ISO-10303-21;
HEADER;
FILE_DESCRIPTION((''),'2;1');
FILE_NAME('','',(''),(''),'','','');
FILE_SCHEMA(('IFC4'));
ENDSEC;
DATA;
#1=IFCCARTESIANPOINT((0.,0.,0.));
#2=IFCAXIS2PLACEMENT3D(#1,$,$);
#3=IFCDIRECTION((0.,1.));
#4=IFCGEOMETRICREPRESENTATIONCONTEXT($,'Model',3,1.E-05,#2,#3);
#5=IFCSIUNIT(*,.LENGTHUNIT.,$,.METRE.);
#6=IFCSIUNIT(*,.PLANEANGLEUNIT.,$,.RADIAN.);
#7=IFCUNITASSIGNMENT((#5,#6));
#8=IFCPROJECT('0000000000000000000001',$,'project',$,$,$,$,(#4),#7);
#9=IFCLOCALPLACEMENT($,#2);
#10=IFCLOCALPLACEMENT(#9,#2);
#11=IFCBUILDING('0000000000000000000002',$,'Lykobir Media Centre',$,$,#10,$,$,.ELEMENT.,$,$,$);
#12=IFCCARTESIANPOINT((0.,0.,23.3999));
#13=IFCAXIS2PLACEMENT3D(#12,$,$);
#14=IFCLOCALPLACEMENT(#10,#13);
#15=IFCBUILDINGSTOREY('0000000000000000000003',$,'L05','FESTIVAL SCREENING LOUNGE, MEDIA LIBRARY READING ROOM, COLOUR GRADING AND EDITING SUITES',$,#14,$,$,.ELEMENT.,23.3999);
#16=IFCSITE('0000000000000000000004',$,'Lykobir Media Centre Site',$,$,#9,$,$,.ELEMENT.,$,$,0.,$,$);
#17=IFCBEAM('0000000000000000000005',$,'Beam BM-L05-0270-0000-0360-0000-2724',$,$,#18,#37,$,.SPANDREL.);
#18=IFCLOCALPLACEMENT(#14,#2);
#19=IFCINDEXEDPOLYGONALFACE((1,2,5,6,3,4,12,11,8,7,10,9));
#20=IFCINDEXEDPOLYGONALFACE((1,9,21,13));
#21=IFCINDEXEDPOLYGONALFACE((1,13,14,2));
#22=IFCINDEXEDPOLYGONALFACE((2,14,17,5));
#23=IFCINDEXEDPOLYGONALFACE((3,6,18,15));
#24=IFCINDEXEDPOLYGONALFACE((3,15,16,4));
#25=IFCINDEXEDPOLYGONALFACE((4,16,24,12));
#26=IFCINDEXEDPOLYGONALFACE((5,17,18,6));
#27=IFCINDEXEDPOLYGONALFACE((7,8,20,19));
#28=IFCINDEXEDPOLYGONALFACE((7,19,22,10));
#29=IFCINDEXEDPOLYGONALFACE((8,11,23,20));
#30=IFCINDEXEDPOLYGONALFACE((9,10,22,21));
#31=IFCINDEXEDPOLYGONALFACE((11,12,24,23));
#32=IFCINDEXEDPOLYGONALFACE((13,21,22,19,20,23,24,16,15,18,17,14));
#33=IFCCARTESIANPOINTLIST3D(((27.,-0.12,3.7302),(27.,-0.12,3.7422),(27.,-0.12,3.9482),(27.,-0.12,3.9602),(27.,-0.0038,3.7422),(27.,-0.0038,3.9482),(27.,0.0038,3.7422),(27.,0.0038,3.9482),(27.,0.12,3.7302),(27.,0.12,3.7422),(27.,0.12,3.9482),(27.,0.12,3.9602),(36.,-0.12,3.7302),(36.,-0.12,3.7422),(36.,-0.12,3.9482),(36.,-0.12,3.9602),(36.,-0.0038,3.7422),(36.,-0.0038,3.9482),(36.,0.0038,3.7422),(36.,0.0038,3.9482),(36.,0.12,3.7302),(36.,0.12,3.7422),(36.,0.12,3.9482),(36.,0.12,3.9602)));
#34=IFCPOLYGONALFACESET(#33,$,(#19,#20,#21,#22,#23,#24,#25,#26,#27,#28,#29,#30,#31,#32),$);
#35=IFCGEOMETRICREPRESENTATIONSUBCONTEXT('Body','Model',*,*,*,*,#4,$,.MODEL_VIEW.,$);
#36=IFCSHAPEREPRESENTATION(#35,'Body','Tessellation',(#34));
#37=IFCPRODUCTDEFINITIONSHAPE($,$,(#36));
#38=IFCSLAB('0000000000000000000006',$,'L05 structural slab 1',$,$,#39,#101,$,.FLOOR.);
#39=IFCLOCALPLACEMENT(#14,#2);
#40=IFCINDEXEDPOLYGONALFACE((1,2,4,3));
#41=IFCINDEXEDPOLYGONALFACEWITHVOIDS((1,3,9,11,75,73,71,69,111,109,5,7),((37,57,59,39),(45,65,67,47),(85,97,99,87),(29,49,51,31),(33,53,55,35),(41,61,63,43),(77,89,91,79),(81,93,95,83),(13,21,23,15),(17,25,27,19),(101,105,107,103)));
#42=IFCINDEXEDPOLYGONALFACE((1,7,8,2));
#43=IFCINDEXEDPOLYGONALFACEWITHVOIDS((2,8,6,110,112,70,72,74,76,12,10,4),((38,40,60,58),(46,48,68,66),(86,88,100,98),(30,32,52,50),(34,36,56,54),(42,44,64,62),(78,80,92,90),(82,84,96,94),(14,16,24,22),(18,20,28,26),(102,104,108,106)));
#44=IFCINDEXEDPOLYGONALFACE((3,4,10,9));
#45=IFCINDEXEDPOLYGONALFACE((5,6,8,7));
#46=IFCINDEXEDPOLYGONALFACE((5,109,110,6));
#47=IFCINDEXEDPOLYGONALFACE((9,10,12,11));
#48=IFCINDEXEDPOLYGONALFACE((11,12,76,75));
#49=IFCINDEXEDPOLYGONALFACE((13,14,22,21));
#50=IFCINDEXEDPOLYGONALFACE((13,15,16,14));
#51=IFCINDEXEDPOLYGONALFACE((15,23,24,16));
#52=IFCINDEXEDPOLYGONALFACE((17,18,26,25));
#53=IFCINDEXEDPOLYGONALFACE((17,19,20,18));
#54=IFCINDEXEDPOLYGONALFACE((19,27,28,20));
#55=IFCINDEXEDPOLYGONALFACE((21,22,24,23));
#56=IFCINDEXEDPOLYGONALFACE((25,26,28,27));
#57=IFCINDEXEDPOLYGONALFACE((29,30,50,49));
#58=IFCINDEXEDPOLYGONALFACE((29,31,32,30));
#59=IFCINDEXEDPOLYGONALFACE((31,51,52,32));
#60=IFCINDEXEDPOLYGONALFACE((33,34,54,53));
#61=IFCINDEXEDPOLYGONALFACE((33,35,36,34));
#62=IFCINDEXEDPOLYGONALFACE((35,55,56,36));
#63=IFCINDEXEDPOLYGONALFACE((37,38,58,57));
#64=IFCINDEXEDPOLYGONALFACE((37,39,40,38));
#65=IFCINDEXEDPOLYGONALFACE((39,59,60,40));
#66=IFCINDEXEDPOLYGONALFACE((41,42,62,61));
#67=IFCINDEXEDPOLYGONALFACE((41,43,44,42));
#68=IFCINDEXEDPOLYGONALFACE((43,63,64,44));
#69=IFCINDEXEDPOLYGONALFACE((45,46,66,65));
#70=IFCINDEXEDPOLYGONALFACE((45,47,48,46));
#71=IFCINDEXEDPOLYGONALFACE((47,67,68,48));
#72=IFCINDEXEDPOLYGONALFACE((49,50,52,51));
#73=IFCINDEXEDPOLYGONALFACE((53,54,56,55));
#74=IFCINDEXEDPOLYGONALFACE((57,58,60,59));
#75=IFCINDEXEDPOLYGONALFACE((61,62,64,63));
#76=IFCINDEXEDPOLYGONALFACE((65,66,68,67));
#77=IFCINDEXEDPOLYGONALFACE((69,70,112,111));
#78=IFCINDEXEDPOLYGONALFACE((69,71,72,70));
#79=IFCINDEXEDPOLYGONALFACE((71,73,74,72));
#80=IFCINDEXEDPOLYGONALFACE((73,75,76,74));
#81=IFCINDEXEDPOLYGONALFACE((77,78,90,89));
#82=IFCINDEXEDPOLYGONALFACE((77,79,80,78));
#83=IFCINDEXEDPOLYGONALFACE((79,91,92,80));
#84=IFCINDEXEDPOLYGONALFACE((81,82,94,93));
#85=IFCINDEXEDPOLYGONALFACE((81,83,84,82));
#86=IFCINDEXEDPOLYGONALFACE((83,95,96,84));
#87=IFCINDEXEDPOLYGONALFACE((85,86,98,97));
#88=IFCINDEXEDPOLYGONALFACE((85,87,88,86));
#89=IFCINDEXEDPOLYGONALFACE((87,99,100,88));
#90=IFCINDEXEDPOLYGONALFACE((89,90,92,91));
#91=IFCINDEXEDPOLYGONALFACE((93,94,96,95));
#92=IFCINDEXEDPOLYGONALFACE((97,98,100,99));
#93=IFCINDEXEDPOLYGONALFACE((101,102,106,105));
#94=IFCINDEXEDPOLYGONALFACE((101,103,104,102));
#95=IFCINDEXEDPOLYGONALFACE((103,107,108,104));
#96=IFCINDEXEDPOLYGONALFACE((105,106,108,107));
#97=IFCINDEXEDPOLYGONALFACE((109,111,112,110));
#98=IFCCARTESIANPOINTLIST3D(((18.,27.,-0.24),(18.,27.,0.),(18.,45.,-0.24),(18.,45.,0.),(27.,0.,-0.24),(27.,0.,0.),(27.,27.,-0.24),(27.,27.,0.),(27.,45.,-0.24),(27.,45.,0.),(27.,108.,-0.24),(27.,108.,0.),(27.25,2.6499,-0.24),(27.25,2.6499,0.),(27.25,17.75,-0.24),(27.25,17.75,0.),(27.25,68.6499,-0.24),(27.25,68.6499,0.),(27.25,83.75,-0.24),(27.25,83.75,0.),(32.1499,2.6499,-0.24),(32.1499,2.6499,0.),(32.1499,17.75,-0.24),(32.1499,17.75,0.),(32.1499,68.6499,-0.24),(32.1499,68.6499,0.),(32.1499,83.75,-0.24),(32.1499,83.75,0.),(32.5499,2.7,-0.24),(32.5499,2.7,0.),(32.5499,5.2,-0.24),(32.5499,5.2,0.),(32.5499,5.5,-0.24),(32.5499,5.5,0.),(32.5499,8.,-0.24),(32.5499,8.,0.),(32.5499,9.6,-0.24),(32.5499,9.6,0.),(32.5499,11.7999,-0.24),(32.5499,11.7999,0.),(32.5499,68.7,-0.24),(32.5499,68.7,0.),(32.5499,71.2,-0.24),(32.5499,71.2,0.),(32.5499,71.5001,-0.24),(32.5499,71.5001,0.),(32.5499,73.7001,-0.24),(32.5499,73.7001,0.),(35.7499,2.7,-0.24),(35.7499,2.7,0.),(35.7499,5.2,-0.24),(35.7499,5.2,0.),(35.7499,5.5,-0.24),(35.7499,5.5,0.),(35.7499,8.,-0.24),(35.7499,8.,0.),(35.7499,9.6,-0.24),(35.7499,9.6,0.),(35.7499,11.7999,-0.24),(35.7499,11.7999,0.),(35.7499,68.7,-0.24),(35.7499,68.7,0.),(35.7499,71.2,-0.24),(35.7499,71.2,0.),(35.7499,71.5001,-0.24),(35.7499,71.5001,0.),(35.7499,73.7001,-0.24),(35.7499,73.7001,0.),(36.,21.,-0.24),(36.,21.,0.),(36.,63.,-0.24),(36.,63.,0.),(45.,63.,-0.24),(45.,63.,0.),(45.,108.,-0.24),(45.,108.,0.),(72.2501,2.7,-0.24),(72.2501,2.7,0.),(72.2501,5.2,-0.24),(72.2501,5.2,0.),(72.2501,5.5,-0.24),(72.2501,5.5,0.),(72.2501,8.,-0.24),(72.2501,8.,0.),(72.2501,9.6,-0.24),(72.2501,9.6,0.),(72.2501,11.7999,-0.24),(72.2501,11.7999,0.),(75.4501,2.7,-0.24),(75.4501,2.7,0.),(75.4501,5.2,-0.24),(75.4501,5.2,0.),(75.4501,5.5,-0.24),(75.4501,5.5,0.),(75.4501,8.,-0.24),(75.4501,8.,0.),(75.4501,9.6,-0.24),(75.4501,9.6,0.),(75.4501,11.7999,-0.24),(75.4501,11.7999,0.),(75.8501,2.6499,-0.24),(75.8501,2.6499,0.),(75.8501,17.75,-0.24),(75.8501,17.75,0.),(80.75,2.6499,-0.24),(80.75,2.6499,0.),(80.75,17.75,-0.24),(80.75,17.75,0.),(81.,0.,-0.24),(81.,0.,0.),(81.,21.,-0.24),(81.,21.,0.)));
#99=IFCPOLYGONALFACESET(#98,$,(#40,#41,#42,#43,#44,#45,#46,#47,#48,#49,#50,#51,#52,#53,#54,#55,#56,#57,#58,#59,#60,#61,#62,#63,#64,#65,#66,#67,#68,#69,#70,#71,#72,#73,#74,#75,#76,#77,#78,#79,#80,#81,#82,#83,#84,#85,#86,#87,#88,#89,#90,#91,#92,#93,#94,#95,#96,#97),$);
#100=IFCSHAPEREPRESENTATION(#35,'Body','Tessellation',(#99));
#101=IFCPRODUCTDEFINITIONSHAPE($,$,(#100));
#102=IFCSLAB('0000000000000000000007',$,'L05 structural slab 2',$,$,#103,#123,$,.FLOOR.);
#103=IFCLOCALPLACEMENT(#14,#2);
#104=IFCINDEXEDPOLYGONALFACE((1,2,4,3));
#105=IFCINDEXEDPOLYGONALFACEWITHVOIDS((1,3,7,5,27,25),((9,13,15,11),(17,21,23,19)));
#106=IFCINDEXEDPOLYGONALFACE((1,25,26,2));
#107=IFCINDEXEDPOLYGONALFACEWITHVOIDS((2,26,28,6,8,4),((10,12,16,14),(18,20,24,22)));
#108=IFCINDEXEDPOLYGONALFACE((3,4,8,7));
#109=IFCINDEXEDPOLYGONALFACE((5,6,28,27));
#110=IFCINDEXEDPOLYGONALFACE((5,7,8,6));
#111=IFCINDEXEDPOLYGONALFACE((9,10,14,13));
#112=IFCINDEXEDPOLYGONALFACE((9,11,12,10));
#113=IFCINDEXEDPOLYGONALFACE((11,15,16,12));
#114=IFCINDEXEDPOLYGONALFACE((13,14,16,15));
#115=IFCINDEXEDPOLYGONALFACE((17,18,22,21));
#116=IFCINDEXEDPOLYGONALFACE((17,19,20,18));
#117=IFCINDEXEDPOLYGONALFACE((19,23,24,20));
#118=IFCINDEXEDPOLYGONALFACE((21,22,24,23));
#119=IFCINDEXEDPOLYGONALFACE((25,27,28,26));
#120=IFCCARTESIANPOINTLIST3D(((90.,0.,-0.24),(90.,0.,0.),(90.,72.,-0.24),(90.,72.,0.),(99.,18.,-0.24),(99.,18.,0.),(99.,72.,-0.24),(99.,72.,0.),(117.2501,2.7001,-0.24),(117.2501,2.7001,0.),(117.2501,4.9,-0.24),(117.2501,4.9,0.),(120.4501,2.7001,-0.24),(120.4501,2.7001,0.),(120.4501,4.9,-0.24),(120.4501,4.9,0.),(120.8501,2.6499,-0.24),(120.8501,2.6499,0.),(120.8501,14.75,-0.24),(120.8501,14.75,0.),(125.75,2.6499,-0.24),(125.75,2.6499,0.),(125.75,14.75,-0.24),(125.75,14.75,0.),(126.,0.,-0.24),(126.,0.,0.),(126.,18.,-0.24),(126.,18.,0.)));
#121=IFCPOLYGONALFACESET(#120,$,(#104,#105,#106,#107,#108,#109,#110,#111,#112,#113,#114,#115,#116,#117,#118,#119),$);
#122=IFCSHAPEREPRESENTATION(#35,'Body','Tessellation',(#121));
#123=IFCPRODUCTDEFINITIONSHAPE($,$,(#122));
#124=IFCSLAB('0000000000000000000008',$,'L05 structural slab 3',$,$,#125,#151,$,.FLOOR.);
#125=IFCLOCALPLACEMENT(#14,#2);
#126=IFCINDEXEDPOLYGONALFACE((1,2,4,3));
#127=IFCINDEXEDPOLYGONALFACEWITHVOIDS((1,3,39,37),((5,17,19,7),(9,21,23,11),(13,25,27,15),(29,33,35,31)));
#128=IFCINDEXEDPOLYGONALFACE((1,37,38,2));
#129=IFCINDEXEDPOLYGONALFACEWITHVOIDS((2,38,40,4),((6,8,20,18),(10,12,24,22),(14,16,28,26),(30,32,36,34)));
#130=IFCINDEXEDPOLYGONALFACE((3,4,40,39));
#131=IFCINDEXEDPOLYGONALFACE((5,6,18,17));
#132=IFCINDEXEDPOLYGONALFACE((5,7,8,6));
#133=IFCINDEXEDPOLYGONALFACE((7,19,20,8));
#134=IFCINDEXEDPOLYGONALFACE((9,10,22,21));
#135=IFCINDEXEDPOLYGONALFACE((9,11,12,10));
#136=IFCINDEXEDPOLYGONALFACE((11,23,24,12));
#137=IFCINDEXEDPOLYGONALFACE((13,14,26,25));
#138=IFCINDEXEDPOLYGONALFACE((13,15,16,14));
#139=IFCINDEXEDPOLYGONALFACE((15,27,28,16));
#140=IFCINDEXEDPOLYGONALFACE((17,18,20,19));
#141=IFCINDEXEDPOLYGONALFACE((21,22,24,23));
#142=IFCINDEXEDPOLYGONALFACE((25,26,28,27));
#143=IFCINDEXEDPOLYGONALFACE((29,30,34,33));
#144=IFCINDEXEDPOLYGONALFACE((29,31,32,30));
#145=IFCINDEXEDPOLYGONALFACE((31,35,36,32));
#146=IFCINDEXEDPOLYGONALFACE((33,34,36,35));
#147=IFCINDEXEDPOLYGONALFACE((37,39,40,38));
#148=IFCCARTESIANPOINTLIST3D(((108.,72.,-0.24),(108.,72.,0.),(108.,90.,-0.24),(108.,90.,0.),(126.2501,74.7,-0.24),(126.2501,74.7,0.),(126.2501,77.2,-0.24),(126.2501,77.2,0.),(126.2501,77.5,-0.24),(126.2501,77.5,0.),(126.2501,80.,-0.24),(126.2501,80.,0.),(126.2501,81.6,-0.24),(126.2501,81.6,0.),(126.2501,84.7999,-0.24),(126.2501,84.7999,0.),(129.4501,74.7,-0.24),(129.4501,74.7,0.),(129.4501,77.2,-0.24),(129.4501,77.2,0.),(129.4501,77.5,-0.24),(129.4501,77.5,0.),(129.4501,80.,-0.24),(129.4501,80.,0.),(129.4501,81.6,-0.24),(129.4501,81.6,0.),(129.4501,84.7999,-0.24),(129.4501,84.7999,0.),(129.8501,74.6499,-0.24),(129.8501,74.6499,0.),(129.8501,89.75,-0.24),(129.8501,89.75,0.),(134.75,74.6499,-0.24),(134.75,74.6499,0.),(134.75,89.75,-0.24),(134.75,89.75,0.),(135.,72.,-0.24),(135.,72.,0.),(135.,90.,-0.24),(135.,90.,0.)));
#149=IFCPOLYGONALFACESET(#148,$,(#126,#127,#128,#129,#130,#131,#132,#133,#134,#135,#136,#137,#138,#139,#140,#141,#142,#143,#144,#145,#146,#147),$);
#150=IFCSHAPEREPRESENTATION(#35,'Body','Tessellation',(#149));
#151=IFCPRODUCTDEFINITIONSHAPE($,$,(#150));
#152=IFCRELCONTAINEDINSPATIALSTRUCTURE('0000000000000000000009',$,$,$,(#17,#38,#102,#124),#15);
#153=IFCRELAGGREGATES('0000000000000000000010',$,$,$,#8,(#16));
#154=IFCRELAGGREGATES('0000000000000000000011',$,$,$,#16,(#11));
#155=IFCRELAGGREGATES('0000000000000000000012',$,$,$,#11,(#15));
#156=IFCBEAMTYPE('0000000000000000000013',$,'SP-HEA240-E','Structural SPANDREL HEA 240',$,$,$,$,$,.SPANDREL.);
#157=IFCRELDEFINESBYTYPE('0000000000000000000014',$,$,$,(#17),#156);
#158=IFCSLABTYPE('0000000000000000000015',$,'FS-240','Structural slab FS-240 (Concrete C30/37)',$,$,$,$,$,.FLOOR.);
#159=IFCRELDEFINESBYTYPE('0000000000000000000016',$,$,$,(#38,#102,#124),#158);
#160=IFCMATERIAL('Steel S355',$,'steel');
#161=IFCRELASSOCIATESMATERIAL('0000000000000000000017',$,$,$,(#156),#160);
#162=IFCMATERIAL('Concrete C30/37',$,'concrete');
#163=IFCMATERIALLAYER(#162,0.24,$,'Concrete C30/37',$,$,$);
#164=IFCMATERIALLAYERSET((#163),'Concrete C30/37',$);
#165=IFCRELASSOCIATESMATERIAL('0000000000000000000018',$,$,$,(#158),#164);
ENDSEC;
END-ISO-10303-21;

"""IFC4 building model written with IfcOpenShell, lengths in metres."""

from ifc_helpers import new_model, si_unit, direction, frame, origin, origin_2d, place, context, subcontext, project, spatial, polyline, rectangle, i_section, outline, extrude, material, layer, layer_set, material_profile, profile_set, type_object, element, save


model = new_model("IFC4")

# Units and contexts
model_context = context("Model", 3, precision=1e-05, world=origin(), true_north=direction((0.0, 1.0)))
body_context = subcontext(model_context, "Body", "Model", "MODEL_VIEW")
ifc_project = project(units=[si_unit("LENGTHUNIT", "METRE"), si_unit("PLANEANGLEUNIT", "RADIAN")], contexts=[model_context])

# Site, building, storey
site_placement = place(None, origin())
site = spatial("IfcSite", under=ifc_project, at=site_placement, Name="Lykobir Media Centre Site", CompositionType="ELEMENT", RefElevation=0.0)
building_placement = place(site_placement, origin())
building = spatial("IfcBuilding", under=site, at=building_placement, Name="Lykobir Media Centre", CompositionType="ELEMENT")
storey_placement = place(building_placement, frame((0.0, 0.0, 23.3999)))
storey = spatial("IfcBuildingStorey", under=building, at=storey_placement, Name="L05", Description="FESTIVAL SCREENING LOUNGE, MEDIA LIBRARY READING ROOM, COLOUR GRADING AND EDITING SUITES", CompositionType="ELEMENT", Elevation=23.3999)

# Beam
ifc_material_1 = material(Name="Steel S355", Category="steel")
ifc_material_profile_1 = material_profile(ifc_material_1, i_section(OverallWidth=0.24, OverallDepth=0.23, WebThickness=0.0076, FlangeThickness=0.012, at=origin_2d()), Name="HEA 240")
ifc_profile_set_1 = profile_set([ifc_material_profile_1], Name="Steel S355")
beam_type_1 = type_object("IfcBeamType", Name="SP-HEA240-E", Description="Structural SPANDREL HEA 240", PredefinedType="SPANDREL", material=ifc_profile_set_1)
beam_placement = place(storey_placement, frame((27.0, 0.0, 3.8452), z_axis=(1.0, 0.0, 0.0), x_axis=(0.0, 1.0, 0.0)))
element("IfcBeam", 1, at=beam_placement, inside=storey, type_object=beam_type_1, Name="Beam BM-L05-0270-0000-0360-0000-2724", PredefinedType="SPANDREL", context=body_context, shape_type="SweptSolid", body=[
    extrude(i_section(OverallWidth=0.24, OverallDepth=0.23, WebThickness=0.0076, FlangeThickness=0.012, at=origin_2d()), origin(), (0.0, 0.0, 1.0), 9.0),
])

# Slab, openings
ifc_material_2 = material(Name="Concrete C30/37", Category="concrete")
ifc_layer_1 = layer(ifc_material_2, 0.24, Name="Concrete C30/37")
ifc_layer_set_1 = layer_set([ifc_layer_1], Name="Concrete C30/37")
slab_type_1 = type_object("IfcSlabType", Name="FS-240", Description="Structural slab FS-240 (Concrete C30/37)", PredefinedType="FLOOR", material=ifc_layer_set_1)
slab_1_placement = place(storey_placement, frame((0.0, 0.0, -0.24)))
slab_1 = element("IfcSlab", 2, at=slab_1_placement, inside=storey, type_object=slab_type_1, Name="L05 structural slab 1", PredefinedType="FLOOR", context=body_context, shape_type="SweptSolid", body=[
    extrude(outline(polyline([(81.0, 21.0), (36.0, 21.0), (36.0, 63.0), (45.0, 63.0), (45.0, 108.0), (27.0, 108.0), (27.0, 63.0), (27.0, 45.0), (18.0, 45.0), (18.0, 27.0), (27.0, 27.0), (27.0, 21.0), (27.0, 0.0), (81.0, 0.0), (81.0, 21.0)]), holes=[polyline([(32.1499, 17.75), (32.1499, 2.6499), (27.25, 2.6499), (27.25, 17.75), (32.1499, 17.75)]), polyline([(80.75, 17.75), (80.75, 2.6499), (75.8501, 2.6499), (75.8501, 17.75), (80.75, 17.75)]), polyline([(32.1499, 68.6499), (27.25, 68.6499), (27.25, 83.75), (32.1499, 83.75), (32.1499, 68.6499)])]), origin(), (0.0, 0.0, 1.0), 0.24),
])
opening_1_placement = place(slab_1_placement, frame((34.1499, 3.95, 0.0)))
element("IfcOpeningElement", 3, at=opening_1_placement, cuts=slab_1, PredefinedType="OPENING", context=body_context, shape_type="SweptSolid", body=[
    extrude(rectangle(XDim=3.2, YDim=2.5, at=origin_2d()), origin(), (0.0, 0.0, 1.0), 0.24),
])
opening_2_placement = place(slab_1_placement, frame((34.1499, 6.75, 0.0)))
element("IfcOpeningElement", 4, at=opening_2_placement, cuts=slab_1, PredefinedType="OPENING", context=body_context, shape_type="SweptSolid", body=[
    extrude(rectangle(XDim=3.2, YDim=2.5, at=origin_2d()), origin(), (0.0, 0.0, 1.0), 0.24),
])
opening_3_placement = place(slab_1_placement, frame((34.1499, 10.7, 0.0)))
element("IfcOpeningElement", 5, at=opening_3_placement, cuts=slab_1, PredefinedType="OPENING", context=body_context, shape_type="SweptSolid", body=[
    extrude(rectangle(XDim=3.2, YDim=2.2, at=origin_2d()), origin(), (0.0, 0.0, 1.0), 0.24),
])
opening_4_placement = place(slab_1_placement, frame((73.8501, 3.95, 0.0)))
element("IfcOpeningElement", 6, at=opening_4_placement, cuts=slab_1, PredefinedType="OPENING", context=body_context, shape_type="SweptSolid", body=[
    extrude(rectangle(XDim=3.2, YDim=2.5, at=origin_2d()), origin(), (0.0, 0.0, 1.0), 0.24),
])
opening_5_placement = place(slab_1_placement, frame((73.8501, 6.75, 0.0)))
element("IfcOpeningElement", 7, at=opening_5_placement, cuts=slab_1, PredefinedType="OPENING", context=body_context, shape_type="SweptSolid", body=[
    extrude(rectangle(XDim=3.2, YDim=2.5, at=origin_2d()), origin(), (0.0, 0.0, 1.0), 0.24),
])
opening_6_placement = place(slab_1_placement, frame((73.8501, 10.7, 0.0)))
element("IfcOpeningElement", 8, at=opening_6_placement, cuts=slab_1, PredefinedType="OPENING", context=body_context, shape_type="SweptSolid", body=[
    extrude(rectangle(XDim=3.2, YDim=2.2, at=origin_2d()), origin(), (0.0, 0.0, 1.0), 0.24),
])
opening_7_placement = place(slab_1_placement, frame((34.1499, 69.95, 0.0)))
element("IfcOpeningElement", 9, at=opening_7_placement, cuts=slab_1, PredefinedType="OPENING", context=body_context, shape_type="SweptSolid", body=[
    extrude(rectangle(XDim=3.2, YDim=2.5, at=origin_2d()), origin(), (0.0, 0.0, 1.0), 0.24),
])
opening_8_placement = place(slab_1_placement, frame((34.1499, 72.6001, 0.0)))
element("IfcOpeningElement", 10, at=opening_8_placement, cuts=slab_1, PredefinedType="OPENING", context=body_context, shape_type="SweptSolid", body=[
    extrude(rectangle(XDim=3.2, YDim=2.2, at=origin_2d()), origin(), (0.0, 0.0, 1.0), 0.24),
])

# Slab, opening
slab_2_placement = place(storey_placement, frame((0.0, 0.0, -0.24)))
slab_2 = element("IfcSlab", 11, at=slab_2_placement, inside=storey, type_object=slab_type_1, Name="L05 structural slab 2", PredefinedType="FLOOR", context=body_context, shape_type="SweptSolid", body=[
    extrude(outline(polyline([(99.0, 18.0), (99.0, 72.0), (90.0, 72.0), (90.0, 18.0), (90.0, 0.0), (126.0, 0.0), (126.0, 18.0), (99.0, 18.0)]), holes=[polyline([(125.75, 2.6499), (120.8501, 2.6499), (120.8501, 14.75), (125.75, 14.75), (125.75, 2.6499)])]), origin(), (0.0, 0.0, 1.0), 0.24),
])
opening_9_placement = place(slab_2_placement, frame((118.8501, 3.8, 0.0)))
element("IfcOpeningElement", 12, at=opening_9_placement, cuts=slab_2, PredefinedType="OPENING", context=body_context, shape_type="SweptSolid", body=[
    extrude(rectangle(XDim=3.2, YDim=2.2, at=origin_2d()), origin(), (0.0, 0.0, 1.0), 0.24),
])

# Slab, openings
slab_3_placement = place(storey_placement, frame((0.0, 0.0, -0.24)))
slab_3 = element("IfcSlab", 13, at=slab_3_placement, inside=storey, type_object=slab_type_1, Name="L05 structural slab 3", PredefinedType="FLOOR", context=body_context, shape_type="SweptSolid", body=[
    extrude(outline(polyline([(135.0, 90.0), (108.0, 90.0), (108.0, 72.0), (135.0, 72.0), (135.0, 90.0)]), holes=[polyline([(134.75, 74.6499), (129.8501, 74.6499), (129.8501, 89.75), (134.75, 89.75), (134.75, 74.6499)])]), origin(), (0.0, 0.0, 1.0), 0.24),
])
opening_10_placement = place(slab_3_placement, frame((127.8501, 75.95, 0.0)))
element("IfcOpeningElement", 14, at=opening_10_placement, cuts=slab_3, PredefinedType="OPENING", context=body_context, shape_type="SweptSolid", body=[
    extrude(rectangle(XDim=3.2, YDim=2.5, at=origin_2d()), origin(), (0.0, 0.0, 1.0), 0.24),
])
opening_11_placement = place(slab_3_placement, frame((127.8501, 78.75, 0.0)))
element("IfcOpeningElement", 15, at=opening_11_placement, cuts=slab_3, PredefinedType="OPENING", context=body_context, shape_type="SweptSolid", body=[
    extrude(rectangle(XDim=3.2, YDim=2.5, at=origin_2d()), origin(), (0.0, 0.0, 1.0), 0.24),
])
opening_12_placement = place(slab_3_placement, frame((127.8501, 83.2, 0.0)))
element("IfcOpeningElement", 16, at=opening_12_placement, cuts=slab_3, PredefinedType="OPENING", context=body_context, shape_type="SweptSolid", body=[
    extrude(rectangle(XDim=3.2, YDim=3.2, at=origin_2d()), origin(), (0.0, 0.0, 1.0), 0.24),
])

save(model, "model.ifc")
